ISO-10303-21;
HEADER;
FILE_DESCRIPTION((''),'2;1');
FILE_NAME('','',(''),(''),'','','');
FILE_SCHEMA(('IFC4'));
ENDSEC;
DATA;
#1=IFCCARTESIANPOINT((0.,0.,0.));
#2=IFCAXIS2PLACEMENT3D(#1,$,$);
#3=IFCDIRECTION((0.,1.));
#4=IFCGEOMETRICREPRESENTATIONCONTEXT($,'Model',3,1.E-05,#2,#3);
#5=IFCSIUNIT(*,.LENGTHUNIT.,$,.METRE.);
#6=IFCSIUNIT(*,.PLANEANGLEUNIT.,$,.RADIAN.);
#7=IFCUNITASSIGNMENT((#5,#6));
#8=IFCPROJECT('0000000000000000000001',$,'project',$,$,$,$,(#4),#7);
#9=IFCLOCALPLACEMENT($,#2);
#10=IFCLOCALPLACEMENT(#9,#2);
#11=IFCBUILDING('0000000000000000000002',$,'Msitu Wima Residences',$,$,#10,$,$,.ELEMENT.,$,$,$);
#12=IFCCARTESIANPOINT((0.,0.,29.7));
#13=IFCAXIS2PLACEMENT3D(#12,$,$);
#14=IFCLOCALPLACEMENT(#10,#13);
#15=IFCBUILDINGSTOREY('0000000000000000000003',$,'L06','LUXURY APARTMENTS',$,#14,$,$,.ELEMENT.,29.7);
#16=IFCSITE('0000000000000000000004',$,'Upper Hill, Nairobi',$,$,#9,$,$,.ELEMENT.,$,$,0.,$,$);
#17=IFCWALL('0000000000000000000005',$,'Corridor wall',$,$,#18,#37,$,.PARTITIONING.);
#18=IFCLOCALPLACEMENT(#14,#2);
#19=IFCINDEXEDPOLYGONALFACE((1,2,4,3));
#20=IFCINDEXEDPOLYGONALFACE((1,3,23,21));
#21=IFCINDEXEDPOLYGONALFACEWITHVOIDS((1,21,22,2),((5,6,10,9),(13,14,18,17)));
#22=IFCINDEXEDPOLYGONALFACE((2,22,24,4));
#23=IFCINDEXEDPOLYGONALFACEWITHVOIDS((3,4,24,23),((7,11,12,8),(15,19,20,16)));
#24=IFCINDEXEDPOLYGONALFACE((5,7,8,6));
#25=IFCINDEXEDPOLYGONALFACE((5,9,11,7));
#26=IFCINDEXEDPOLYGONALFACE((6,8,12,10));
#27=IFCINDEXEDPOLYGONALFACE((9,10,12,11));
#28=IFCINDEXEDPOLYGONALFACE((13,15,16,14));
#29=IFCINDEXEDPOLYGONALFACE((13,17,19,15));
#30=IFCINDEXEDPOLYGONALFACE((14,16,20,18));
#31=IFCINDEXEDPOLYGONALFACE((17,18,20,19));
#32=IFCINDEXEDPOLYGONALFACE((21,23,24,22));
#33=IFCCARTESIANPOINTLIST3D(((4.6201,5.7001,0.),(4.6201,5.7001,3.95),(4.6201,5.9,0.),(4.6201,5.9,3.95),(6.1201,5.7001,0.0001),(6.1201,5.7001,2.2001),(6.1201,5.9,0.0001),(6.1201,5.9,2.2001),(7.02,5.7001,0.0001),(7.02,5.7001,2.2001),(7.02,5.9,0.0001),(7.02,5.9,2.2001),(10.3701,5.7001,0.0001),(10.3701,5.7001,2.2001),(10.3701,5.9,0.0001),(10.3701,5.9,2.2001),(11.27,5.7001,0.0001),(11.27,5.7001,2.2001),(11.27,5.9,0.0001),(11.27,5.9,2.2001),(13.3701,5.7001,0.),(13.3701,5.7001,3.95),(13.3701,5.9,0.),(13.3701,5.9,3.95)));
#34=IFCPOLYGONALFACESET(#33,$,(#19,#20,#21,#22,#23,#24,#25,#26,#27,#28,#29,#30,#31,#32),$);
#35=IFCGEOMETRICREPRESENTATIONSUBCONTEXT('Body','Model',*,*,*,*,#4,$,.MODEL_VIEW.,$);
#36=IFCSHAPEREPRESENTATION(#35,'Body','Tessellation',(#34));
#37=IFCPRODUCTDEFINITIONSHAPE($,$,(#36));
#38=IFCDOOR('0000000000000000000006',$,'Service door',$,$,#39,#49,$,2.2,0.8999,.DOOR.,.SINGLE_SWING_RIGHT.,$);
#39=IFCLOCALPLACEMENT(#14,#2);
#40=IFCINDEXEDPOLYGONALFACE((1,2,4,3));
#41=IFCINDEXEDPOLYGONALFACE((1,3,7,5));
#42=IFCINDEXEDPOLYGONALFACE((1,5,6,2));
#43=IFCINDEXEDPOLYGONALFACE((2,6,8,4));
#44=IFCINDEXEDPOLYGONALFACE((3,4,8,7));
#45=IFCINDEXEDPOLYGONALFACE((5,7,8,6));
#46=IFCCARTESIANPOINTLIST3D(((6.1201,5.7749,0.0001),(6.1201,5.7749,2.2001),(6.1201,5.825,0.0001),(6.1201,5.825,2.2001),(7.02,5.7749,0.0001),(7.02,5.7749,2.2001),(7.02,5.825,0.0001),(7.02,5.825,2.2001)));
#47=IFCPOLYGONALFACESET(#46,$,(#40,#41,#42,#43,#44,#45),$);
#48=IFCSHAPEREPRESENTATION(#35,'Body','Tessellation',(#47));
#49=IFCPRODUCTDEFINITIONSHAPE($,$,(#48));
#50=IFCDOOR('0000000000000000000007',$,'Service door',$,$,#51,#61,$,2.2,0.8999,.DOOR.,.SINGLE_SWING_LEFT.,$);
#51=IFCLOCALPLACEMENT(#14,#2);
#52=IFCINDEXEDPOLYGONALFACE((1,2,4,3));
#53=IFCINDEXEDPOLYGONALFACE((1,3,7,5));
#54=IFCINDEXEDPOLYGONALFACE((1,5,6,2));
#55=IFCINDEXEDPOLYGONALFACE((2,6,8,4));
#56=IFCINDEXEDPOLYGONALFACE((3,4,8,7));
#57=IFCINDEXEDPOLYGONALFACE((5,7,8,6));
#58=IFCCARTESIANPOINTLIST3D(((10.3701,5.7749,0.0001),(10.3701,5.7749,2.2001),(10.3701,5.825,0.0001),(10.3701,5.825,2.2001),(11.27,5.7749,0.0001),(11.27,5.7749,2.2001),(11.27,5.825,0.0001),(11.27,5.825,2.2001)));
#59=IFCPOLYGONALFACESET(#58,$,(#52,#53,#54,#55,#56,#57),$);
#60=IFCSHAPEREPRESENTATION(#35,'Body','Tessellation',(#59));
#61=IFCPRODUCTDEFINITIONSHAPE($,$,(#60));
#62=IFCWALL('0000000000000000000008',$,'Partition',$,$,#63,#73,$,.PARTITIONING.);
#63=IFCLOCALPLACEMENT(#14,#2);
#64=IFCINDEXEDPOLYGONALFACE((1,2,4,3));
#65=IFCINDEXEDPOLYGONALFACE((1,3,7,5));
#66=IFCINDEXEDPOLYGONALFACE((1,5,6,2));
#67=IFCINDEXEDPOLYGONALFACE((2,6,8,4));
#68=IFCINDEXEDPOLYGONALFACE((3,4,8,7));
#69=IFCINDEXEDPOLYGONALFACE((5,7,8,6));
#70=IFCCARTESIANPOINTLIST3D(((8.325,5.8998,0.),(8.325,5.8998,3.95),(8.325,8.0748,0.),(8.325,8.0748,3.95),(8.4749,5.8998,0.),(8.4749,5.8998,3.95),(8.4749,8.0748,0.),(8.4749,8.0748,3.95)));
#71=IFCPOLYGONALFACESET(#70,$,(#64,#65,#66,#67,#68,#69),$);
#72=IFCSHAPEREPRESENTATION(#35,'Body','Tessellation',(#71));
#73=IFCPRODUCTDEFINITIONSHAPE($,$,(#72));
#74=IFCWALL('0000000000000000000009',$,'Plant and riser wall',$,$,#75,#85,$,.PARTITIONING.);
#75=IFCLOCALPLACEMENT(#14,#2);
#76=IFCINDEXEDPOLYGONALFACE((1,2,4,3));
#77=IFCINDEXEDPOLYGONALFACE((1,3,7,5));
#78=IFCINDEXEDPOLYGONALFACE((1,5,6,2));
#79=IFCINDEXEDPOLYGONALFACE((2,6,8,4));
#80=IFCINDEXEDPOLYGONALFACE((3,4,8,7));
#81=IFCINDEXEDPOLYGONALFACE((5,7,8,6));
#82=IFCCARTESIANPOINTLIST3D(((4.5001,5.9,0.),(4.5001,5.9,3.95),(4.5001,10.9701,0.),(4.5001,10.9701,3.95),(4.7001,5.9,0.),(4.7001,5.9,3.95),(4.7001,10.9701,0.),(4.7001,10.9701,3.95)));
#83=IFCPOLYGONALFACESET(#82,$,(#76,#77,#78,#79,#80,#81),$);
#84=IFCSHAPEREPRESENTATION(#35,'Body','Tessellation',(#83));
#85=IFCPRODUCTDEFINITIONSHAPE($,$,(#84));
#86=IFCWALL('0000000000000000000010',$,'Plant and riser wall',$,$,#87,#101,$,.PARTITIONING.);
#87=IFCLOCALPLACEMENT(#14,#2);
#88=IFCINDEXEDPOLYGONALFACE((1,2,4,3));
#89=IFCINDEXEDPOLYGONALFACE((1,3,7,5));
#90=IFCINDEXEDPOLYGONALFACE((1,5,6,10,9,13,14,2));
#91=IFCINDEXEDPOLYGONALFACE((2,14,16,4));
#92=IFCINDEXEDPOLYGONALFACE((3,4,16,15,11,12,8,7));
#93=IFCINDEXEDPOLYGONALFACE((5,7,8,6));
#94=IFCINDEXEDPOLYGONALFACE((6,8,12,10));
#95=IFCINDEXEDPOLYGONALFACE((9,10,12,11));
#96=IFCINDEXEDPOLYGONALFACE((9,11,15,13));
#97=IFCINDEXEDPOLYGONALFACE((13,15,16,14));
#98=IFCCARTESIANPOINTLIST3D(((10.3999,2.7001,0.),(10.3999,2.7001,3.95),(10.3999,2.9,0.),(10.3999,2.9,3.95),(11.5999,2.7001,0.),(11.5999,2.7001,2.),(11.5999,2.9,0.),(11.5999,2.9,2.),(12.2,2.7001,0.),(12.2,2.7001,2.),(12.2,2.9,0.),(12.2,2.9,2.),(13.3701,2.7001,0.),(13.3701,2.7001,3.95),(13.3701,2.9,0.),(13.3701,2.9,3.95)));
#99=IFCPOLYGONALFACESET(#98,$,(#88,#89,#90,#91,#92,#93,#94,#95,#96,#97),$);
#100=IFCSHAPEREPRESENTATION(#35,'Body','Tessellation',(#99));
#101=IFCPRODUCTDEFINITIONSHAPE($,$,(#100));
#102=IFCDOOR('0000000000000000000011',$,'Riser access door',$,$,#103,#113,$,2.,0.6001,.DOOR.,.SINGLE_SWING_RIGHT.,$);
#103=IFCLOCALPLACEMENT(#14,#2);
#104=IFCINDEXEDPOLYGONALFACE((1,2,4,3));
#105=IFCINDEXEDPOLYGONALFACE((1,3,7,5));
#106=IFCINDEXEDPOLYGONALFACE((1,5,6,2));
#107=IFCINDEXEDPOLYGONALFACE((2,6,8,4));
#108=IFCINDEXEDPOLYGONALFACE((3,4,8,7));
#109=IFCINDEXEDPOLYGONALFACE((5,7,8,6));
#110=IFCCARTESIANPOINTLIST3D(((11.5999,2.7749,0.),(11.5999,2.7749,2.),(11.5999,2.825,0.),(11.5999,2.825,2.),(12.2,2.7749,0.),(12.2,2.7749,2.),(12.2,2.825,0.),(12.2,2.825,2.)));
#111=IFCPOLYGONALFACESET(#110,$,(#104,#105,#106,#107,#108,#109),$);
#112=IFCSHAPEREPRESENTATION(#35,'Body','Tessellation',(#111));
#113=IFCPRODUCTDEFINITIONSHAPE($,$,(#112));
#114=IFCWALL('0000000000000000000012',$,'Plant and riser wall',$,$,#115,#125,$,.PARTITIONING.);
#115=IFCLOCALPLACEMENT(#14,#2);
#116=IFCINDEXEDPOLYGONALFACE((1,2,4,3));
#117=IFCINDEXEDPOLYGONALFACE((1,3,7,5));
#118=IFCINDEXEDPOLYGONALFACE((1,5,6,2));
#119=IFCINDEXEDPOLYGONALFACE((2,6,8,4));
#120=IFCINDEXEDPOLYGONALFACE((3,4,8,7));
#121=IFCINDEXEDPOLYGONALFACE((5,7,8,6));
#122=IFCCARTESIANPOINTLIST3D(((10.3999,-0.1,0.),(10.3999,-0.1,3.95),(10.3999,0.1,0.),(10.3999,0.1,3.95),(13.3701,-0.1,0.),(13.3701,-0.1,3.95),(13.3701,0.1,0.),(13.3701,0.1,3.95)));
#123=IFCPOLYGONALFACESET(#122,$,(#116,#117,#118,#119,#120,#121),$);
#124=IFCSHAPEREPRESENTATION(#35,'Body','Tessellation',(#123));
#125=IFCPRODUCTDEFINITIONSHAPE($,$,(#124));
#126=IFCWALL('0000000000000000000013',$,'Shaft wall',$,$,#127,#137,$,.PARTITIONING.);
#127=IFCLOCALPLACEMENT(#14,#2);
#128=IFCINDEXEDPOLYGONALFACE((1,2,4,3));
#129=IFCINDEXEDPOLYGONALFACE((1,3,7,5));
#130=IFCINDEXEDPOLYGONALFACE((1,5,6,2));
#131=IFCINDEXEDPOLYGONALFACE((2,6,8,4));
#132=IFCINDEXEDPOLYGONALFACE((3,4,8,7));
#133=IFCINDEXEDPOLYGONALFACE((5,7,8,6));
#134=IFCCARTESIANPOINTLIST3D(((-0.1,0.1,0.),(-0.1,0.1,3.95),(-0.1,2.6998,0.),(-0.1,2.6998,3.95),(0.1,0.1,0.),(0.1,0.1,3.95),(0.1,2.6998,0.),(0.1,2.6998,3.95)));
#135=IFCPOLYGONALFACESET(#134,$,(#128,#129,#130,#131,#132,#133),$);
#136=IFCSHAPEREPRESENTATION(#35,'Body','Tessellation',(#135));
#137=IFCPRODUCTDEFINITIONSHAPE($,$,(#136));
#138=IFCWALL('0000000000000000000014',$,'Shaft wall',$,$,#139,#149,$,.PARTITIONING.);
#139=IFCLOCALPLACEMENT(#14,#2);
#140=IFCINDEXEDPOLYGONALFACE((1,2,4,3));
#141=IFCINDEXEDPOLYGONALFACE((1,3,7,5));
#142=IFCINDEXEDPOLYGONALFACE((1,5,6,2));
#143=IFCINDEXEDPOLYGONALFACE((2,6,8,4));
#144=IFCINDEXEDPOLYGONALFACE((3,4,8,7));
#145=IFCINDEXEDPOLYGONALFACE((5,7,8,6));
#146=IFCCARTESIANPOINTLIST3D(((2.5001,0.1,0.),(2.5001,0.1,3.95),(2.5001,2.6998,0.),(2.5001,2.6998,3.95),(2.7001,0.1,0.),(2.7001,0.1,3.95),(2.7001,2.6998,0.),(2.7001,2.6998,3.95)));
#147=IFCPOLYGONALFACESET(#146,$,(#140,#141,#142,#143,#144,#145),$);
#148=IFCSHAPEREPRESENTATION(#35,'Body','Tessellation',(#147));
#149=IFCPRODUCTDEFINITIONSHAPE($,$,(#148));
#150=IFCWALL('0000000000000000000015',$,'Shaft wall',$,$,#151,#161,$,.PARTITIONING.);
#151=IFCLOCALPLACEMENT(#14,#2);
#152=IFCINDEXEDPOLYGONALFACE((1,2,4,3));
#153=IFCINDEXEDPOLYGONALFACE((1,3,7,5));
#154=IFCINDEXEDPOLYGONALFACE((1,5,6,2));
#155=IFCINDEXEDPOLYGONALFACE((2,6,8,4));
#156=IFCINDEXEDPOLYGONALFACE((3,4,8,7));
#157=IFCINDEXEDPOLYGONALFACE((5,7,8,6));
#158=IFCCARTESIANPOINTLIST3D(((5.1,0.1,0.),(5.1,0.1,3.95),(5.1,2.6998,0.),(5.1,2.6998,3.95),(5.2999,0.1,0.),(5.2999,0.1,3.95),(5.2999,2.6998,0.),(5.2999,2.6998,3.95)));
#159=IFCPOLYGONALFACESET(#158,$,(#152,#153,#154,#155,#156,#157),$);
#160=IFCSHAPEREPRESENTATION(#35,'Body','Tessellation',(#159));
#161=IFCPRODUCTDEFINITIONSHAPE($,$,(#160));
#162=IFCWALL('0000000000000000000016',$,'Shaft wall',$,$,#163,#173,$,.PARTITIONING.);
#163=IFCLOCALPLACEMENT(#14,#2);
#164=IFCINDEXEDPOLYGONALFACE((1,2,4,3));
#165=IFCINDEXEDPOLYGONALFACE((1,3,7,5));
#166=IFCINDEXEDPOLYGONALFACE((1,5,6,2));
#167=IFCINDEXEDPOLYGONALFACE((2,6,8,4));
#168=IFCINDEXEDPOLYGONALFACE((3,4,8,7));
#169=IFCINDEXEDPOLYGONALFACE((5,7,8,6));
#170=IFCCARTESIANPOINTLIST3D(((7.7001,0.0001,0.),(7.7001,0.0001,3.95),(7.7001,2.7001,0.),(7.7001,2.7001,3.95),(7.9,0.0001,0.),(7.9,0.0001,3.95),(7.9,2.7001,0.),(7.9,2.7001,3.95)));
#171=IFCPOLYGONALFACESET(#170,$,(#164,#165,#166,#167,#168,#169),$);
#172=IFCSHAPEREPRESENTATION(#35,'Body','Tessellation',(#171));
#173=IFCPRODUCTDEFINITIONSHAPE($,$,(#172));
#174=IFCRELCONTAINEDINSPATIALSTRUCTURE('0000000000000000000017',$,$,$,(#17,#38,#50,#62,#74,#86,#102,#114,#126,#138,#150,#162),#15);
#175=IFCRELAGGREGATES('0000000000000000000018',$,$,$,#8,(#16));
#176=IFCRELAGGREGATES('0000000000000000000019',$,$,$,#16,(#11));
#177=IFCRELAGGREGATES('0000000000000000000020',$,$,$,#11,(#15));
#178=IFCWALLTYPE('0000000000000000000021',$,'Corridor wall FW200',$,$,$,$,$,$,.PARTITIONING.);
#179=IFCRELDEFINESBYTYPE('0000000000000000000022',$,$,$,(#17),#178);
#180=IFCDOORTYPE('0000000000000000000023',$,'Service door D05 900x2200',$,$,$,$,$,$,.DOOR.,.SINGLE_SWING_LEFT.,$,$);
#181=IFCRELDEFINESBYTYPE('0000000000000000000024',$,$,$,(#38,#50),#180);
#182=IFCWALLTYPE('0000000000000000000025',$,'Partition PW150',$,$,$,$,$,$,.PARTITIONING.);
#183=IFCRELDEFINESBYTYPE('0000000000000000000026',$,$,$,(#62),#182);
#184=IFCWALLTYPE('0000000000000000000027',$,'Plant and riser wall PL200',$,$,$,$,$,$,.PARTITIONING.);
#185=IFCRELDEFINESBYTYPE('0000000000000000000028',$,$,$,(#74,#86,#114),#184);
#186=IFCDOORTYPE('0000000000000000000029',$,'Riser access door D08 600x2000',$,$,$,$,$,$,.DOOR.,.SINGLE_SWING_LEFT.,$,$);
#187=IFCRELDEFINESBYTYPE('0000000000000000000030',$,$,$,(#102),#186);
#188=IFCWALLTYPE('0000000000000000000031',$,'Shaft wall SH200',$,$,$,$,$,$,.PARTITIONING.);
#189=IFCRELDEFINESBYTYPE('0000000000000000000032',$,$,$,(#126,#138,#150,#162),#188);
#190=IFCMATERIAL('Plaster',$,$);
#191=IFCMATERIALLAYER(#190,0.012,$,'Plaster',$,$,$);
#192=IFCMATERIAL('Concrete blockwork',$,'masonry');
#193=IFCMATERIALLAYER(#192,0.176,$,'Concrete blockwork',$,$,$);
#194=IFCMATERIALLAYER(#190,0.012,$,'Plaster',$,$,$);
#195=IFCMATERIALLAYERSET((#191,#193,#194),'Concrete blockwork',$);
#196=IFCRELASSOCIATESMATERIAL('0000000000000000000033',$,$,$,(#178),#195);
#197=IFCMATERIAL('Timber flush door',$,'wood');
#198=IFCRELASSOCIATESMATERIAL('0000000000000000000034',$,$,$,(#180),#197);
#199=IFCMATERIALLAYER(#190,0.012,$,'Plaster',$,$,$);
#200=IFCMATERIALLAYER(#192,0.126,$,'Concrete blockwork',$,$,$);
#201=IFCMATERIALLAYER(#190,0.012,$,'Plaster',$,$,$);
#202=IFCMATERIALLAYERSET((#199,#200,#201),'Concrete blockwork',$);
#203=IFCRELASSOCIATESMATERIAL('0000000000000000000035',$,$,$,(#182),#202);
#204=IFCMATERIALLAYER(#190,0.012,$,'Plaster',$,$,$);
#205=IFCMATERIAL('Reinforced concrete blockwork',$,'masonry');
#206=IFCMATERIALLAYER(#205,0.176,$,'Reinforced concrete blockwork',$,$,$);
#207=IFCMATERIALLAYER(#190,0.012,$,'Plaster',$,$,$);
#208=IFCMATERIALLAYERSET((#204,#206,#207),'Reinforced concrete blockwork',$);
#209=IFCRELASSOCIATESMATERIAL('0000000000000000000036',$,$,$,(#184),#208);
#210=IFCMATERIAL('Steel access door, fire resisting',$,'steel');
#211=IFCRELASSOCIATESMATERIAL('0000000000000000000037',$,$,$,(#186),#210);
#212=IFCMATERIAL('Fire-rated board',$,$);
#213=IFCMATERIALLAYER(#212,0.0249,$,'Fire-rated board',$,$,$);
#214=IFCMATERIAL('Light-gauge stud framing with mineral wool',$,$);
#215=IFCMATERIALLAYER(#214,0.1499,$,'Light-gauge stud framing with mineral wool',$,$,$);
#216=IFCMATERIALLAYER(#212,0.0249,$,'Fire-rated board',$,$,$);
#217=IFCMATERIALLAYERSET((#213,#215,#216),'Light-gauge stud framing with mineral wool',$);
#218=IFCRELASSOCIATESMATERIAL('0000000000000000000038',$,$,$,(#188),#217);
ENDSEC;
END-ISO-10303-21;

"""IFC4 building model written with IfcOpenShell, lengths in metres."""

from ifc_helpers import new_model, si_unit, direction, frame, frame_2d, origin, place, context, subcontext, project, spatial, rectangle, extrude, material, layer, layer_set, type_object, element, fill, save


model = new_model("IFC4")

# Units and contexts
model_context = context("Model", 3, precision=1e-05, world=origin(), true_north=direction((0.0, 1.0)))
body_context = subcontext(model_context, "Body", "Model", "MODEL_VIEW")
ifc_project = project(units=[si_unit("LENGTHUNIT", "METRE"), si_unit("PLANEANGLEUNIT", "RADIAN")], contexts=[model_context])

# Site, building, storey
site_placement = place(None, origin())
site = spatial("IfcSite", under=ifc_project, at=site_placement, Name="Upper Hill, Nairobi", CompositionType="ELEMENT", RefElevation=0.0)
building_placement = place(site_placement, origin())
building = spatial("IfcBuilding", under=site, at=building_placement, Name="Msitu Wima Residences", CompositionType="ELEMENT")
storey_placement = place(building_placement, frame((0.0, 0.0, 29.7)))
storey = spatial("IfcBuildingStorey", under=building, at=storey_placement, Name="L06", Description="LUXURY APARTMENTS", CompositionType="ELEMENT", Elevation=29.7)

# Wall, openings, doors
ifc_material_1 = material(Name="Plaster")
ifc_layer_1 = layer(ifc_material_1, 0.012, Name="Plaster")
ifc_material_2 = material(Name="Concrete blockwork", Category="masonry")
ifc_layer_2 = layer(ifc_material_2, 0.176, Name="Concrete blockwork")
ifc_layer_3 = layer(ifc_material_1, 0.012, Name="Plaster")
ifc_layer_set_1 = layer_set([ifc_layer_1, ifc_layer_2, ifc_layer_3], Name="Concrete blockwork")
wall_type_1 = type_object("IfcWallType", Name="Corridor wall FW200", PredefinedType="PARTITIONING", material=ifc_layer_set_1)
wall_1_placement = place(storey_placement, frame((4.6201, 5.8, 0.0), z_axis=(0.0, 0.0, 1.0), x_axis=(1.0, 0.0, 0.0)))
wall_1 = element("IfcWall", 1, at=wall_1_placement, inside=storey, type_object=wall_type_1, Name="Corridor wall", PredefinedType="PARTITIONING", context=body_context, shape_type="SweptSolid", body=[
    extrude(rectangle(XDim=8.75, YDim=0.2, at=frame_2d((4.375, 0.0))), origin(), (0.0, 0.0, 1.0), 3.95),
])
opening_1_placement = place(wall_1_placement, frame((1.5, 0.0, 0.0)))
opening_1 = element("IfcOpeningElement", 2, at=opening_1_placement, cuts=wall_1, PredefinedType="OPENING", context=body_context, shape_type="SweptSolid", body=[
    extrude(rectangle(XDim=0.8999, YDim=2.2, at=frame_2d((0.45, 1.1001))), frame((0.0, 0.1099, 0.0), z_axis=(0.0, -1.0, 0.0), x_axis=(1.0, 0.0, 0.0)), (0.0, 0.0, 1.0), 0.22),
])
opening_2_placement = place(wall_1_placement, frame((5.75, 0.0, 0.0)))
opening_2 = element("IfcOpeningElement", 3, at=opening_2_placement, cuts=wall_1, PredefinedType="OPENING", context=body_context, shape_type="SweptSolid", body=[
    extrude(rectangle(XDim=0.8999, YDim=2.2, at=frame_2d((0.45, 1.1001))), frame((0.0, 0.1099, 0.0), z_axis=(0.0, -1.0, 0.0), x_axis=(1.0, 0.0, 0.0)), (0.0, 0.0, 1.0), 0.22),
])
ifc_material_3 = material(Name="Timber flush door", Category="wood")
door_type_1 = type_object("IfcDoorType", Name="Service door D05 900x2200", OperationType="SINGLE_SWING_LEFT", PredefinedType="DOOR", material=ifc_material_3)
door_1_placement = place(opening_1_placement, origin())
door_1 = element("IfcDoor", 4, at=door_1_placement, inside=storey, type_object=door_type_1, Name="Service door", OperationType="SINGLE_SWING_RIGHT", OverallHeight=2.2, OverallWidth=0.8999, PredefinedType="DOOR", context=body_context, shape_type="SweptSolid", body=[
    extrude(rectangle(XDim=0.8999, YDim=2.2, at=frame_2d((0.45, 1.1001))), frame((0.0, 0.0249, 0.0), z_axis=(0.0, -1.0, 0.0), x_axis=(1.0, 0.0, 0.0)), (0.0, 0.0, 1.0), 0.05),
])
fill(opening_1, door_1)
door_2_placement = place(opening_2_placement, origin())
door_2 = element("IfcDoor", 5, at=door_2_placement, inside=storey, type_object=door_type_1, Name="Service door", OperationType="SINGLE_SWING_LEFT", OverallHeight=2.2, OverallWidth=0.8999, PredefinedType="DOOR", context=body_context, shape_type="SweptSolid", body=[
    extrude(rectangle(XDim=0.8999, YDim=2.2, at=frame_2d((0.45, 1.1001))), frame((0.0, 0.0249, 0.0), z_axis=(0.0, -1.0, 0.0), x_axis=(1.0, 0.0, 0.0)), (0.0, 0.0, 1.0), 0.05),
])
fill(opening_2, door_2)

# Walls
ifc_layer_4 = layer(ifc_material_1, 0.012, Name="Plaster")
ifc_layer_5 = layer(ifc_material_2, 0.126, Name="Concrete blockwork")
ifc_layer_6 = layer(ifc_material_1, 0.012, Name="Plaster")
ifc_layer_set_2 = layer_set([ifc_layer_4, ifc_layer_5, ifc_layer_6], Name="Concrete blockwork")
wall_type_2 = type_object("IfcWallType", Name="Partition PW150", PredefinedType="PARTITIONING", material=ifc_layer_set_2)
wall_2_placement = place(storey_placement, frame((8.3999, 5.8999, 0.0), z_axis=(0.0, 0.0, 1.0), x_axis=(0.0, 1.0, 0.0)))
element("IfcWall", 6, at=wall_2_placement, inside=storey, type_object=wall_type_2, Name="Partition", PredefinedType="PARTITIONING", context=body_context, shape_type="SweptSolid", body=[
    extrude(rectangle(XDim=2.175, YDim=0.1499, at=frame_2d((1.0874, 0.0))), origin(), (0.0, 0.0, 1.0), 3.95),
])
ifc_layer_7 = layer(ifc_material_1, 0.012, Name="Plaster")
ifc_material_4 = material(Name="Reinforced concrete blockwork", Category="masonry")
ifc_layer_8 = layer(ifc_material_4, 0.176, Name="Reinforced concrete blockwork")
ifc_layer_9 = layer(ifc_material_1, 0.012, Name="Plaster")
ifc_layer_set_3 = layer_set([ifc_layer_7, ifc_layer_8, ifc_layer_9], Name="Reinforced concrete blockwork")
wall_type_3 = type_object("IfcWallType", Name="Plant and riser wall PL200", PredefinedType="PARTITIONING", material=ifc_layer_set_3)
wall_3_placement = place(storey_placement, frame((4.6001, 5.8999, 0.0), z_axis=(0.0, 0.0, 1.0), x_axis=(0.0, 1.0, 0.0)))
element("IfcWall", 7, at=wall_3_placement, inside=storey, type_object=wall_type_3, Name="Plant and riser wall", PredefinedType="PARTITIONING", context=body_context, shape_type="SweptSolid", body=[
    extrude(rectangle(XDim=5.0701, YDim=0.2, at=frame_2d((2.5352, 0.0))), origin(), (0.0, 0.0, 1.0), 3.95),
])

# Wall, opening, door
wall_4_placement = place(storey_placement, frame((10.3999, 2.8, 0.0), z_axis=(0.0, 0.0, 1.0), x_axis=(1.0, 0.0, 0.0)))
wall_4 = element("IfcWall", 8, at=wall_4_placement, inside=storey, type_object=wall_type_3, Name="Plant and riser wall", PredefinedType="PARTITIONING", context=body_context, shape_type="SweptSolid", body=[
    extrude(rectangle(XDim=2.9702, YDim=0.2, at=frame_2d((1.4851, 0.0))), origin(), (0.0, 0.0, 1.0), 3.95),
])
opening_3_placement = place(wall_4_placement, frame((1.2, 0.0, 0.0)))
opening_3 = element("IfcOpeningElement", 9, at=opening_3_placement, cuts=wall_4, PredefinedType="OPENING", context=body_context, shape_type="SweptSolid", body=[
    extrude(rectangle(XDim=0.6001, YDim=2.0, at=frame_2d((0.3, 1.0))), frame((0.0, 0.1099, 0.0), z_axis=(0.0, -1.0, 0.0), x_axis=(1.0, 0.0, 0.0)), (0.0, 0.0, 1.0), 0.22),
])
ifc_material_5 = material(Name="Steel access door, fire resisting", Category="steel")
door_type_2 = type_object("IfcDoorType", Name="Riser access door D08 600x2000", OperationType="SINGLE_SWING_LEFT", PredefinedType="DOOR", material=ifc_material_5)
door_3_placement = place(opening_3_placement, origin())
door_3 = element("IfcDoor", 10, at=door_3_placement, inside=storey, type_object=door_type_2, Name="Riser access door", OperationType="SINGLE_SWING_RIGHT", OverallHeight=2.0, OverallWidth=0.6001, PredefinedType="DOOR", context=body_context, shape_type="SweptSolid", body=[
    extrude(rectangle(XDim=0.6001, YDim=2.0, at=frame_2d((0.3, 1.0))), frame((0.0, 0.0249, 0.0), z_axis=(0.0, -1.0, 0.0), x_axis=(1.0, 0.0, 0.0)), (0.0, 0.0, 1.0), 0.05),
])
fill(opening_3, door_3)

# Walls
wall_5_placement = place(storey_placement, frame((10.3999, 0.0, 0.0), z_axis=(0.0, 0.0, 1.0), x_axis=(1.0, 0.0, 0.0)))
element("IfcWall", 11, at=wall_5_placement, inside=storey, type_object=wall_type_3, Name="Plant and riser wall", PredefinedType="PARTITIONING", context=body_context, shape_type="SweptSolid", body=[
    extrude(rectangle(XDim=2.9702, YDim=0.2, at=frame_2d((1.4851, 0.0))), origin(), (0.0, 0.0, 1.0), 3.95),
])
ifc_material_6 = material(Name="Fire-rated board")
ifc_layer_10 = layer(ifc_material_6, 0.0249, Name="Fire-rated board")
ifc_material_7 = material(Name="Light-gauge stud framing with mineral wool")
ifc_layer_11 = layer(ifc_material_7, 0.1499, Name="Light-gauge stud framing with mineral wool")
ifc_layer_12 = layer(ifc_material_6, 0.0249, Name="Fire-rated board")
ifc_layer_set_4 = layer_set([ifc_layer_10, ifc_layer_11, ifc_layer_12], Name="Light-gauge stud framing with mineral wool")
wall_type_4 = type_object("IfcWallType", Name="Shaft wall SH200", PredefinedType="PARTITIONING", material=ifc_layer_set_4)
for number, where, z_axis, x_axis, name in (
    (12, (0.0, 0.1001, 0.0), (0.0, 0.0, 1.0), (0.0, 1.0, 0.0), "Shaft wall"),
    (13, (2.6001, 0.1001, 0.0), (0.0, 0.0, 1.0), (0.0, 1.0, 0.0), "Shaft wall"),
    (14, (5.2, 0.1001, 0.0), (0.0, 0.0, 1.0), (0.0, 1.0, 0.0), "Shaft wall"),
):
    element("IfcWall", number, at=place(storey_placement, frame(where, z_axis=z_axis, x_axis=x_axis)), inside=storey, type_object=wall_type_4, Name=name, PredefinedType="PARTITIONING", context=body_context, shape_type="SweptSolid", body=[
        extrude(rectangle(XDim=2.5999, YDim=0.2, at=frame_2d((1.2998, 0.0))), origin(), (0.0, 0.0, 1.0), 3.95),
    ])
wall_6_placement = place(storey_placement, frame((7.8, 0.0, 0.0), z_axis=(0.0, 0.0, 1.0), x_axis=(0.0, 1.0, 0.0)))
element("IfcWall", 15, at=wall_6_placement, inside=storey, type_object=wall_type_4, Name="Shaft wall", PredefinedType="PARTITIONING", context=body_context, shape_type="SweptSolid", body=[
    extrude(rectangle(XDim=2.7, YDim=0.2, at=frame_2d((1.3501, 0.0))), origin(), (0.0, 0.0, 1.0), 3.95),
])

save(model, "model.ifc")
